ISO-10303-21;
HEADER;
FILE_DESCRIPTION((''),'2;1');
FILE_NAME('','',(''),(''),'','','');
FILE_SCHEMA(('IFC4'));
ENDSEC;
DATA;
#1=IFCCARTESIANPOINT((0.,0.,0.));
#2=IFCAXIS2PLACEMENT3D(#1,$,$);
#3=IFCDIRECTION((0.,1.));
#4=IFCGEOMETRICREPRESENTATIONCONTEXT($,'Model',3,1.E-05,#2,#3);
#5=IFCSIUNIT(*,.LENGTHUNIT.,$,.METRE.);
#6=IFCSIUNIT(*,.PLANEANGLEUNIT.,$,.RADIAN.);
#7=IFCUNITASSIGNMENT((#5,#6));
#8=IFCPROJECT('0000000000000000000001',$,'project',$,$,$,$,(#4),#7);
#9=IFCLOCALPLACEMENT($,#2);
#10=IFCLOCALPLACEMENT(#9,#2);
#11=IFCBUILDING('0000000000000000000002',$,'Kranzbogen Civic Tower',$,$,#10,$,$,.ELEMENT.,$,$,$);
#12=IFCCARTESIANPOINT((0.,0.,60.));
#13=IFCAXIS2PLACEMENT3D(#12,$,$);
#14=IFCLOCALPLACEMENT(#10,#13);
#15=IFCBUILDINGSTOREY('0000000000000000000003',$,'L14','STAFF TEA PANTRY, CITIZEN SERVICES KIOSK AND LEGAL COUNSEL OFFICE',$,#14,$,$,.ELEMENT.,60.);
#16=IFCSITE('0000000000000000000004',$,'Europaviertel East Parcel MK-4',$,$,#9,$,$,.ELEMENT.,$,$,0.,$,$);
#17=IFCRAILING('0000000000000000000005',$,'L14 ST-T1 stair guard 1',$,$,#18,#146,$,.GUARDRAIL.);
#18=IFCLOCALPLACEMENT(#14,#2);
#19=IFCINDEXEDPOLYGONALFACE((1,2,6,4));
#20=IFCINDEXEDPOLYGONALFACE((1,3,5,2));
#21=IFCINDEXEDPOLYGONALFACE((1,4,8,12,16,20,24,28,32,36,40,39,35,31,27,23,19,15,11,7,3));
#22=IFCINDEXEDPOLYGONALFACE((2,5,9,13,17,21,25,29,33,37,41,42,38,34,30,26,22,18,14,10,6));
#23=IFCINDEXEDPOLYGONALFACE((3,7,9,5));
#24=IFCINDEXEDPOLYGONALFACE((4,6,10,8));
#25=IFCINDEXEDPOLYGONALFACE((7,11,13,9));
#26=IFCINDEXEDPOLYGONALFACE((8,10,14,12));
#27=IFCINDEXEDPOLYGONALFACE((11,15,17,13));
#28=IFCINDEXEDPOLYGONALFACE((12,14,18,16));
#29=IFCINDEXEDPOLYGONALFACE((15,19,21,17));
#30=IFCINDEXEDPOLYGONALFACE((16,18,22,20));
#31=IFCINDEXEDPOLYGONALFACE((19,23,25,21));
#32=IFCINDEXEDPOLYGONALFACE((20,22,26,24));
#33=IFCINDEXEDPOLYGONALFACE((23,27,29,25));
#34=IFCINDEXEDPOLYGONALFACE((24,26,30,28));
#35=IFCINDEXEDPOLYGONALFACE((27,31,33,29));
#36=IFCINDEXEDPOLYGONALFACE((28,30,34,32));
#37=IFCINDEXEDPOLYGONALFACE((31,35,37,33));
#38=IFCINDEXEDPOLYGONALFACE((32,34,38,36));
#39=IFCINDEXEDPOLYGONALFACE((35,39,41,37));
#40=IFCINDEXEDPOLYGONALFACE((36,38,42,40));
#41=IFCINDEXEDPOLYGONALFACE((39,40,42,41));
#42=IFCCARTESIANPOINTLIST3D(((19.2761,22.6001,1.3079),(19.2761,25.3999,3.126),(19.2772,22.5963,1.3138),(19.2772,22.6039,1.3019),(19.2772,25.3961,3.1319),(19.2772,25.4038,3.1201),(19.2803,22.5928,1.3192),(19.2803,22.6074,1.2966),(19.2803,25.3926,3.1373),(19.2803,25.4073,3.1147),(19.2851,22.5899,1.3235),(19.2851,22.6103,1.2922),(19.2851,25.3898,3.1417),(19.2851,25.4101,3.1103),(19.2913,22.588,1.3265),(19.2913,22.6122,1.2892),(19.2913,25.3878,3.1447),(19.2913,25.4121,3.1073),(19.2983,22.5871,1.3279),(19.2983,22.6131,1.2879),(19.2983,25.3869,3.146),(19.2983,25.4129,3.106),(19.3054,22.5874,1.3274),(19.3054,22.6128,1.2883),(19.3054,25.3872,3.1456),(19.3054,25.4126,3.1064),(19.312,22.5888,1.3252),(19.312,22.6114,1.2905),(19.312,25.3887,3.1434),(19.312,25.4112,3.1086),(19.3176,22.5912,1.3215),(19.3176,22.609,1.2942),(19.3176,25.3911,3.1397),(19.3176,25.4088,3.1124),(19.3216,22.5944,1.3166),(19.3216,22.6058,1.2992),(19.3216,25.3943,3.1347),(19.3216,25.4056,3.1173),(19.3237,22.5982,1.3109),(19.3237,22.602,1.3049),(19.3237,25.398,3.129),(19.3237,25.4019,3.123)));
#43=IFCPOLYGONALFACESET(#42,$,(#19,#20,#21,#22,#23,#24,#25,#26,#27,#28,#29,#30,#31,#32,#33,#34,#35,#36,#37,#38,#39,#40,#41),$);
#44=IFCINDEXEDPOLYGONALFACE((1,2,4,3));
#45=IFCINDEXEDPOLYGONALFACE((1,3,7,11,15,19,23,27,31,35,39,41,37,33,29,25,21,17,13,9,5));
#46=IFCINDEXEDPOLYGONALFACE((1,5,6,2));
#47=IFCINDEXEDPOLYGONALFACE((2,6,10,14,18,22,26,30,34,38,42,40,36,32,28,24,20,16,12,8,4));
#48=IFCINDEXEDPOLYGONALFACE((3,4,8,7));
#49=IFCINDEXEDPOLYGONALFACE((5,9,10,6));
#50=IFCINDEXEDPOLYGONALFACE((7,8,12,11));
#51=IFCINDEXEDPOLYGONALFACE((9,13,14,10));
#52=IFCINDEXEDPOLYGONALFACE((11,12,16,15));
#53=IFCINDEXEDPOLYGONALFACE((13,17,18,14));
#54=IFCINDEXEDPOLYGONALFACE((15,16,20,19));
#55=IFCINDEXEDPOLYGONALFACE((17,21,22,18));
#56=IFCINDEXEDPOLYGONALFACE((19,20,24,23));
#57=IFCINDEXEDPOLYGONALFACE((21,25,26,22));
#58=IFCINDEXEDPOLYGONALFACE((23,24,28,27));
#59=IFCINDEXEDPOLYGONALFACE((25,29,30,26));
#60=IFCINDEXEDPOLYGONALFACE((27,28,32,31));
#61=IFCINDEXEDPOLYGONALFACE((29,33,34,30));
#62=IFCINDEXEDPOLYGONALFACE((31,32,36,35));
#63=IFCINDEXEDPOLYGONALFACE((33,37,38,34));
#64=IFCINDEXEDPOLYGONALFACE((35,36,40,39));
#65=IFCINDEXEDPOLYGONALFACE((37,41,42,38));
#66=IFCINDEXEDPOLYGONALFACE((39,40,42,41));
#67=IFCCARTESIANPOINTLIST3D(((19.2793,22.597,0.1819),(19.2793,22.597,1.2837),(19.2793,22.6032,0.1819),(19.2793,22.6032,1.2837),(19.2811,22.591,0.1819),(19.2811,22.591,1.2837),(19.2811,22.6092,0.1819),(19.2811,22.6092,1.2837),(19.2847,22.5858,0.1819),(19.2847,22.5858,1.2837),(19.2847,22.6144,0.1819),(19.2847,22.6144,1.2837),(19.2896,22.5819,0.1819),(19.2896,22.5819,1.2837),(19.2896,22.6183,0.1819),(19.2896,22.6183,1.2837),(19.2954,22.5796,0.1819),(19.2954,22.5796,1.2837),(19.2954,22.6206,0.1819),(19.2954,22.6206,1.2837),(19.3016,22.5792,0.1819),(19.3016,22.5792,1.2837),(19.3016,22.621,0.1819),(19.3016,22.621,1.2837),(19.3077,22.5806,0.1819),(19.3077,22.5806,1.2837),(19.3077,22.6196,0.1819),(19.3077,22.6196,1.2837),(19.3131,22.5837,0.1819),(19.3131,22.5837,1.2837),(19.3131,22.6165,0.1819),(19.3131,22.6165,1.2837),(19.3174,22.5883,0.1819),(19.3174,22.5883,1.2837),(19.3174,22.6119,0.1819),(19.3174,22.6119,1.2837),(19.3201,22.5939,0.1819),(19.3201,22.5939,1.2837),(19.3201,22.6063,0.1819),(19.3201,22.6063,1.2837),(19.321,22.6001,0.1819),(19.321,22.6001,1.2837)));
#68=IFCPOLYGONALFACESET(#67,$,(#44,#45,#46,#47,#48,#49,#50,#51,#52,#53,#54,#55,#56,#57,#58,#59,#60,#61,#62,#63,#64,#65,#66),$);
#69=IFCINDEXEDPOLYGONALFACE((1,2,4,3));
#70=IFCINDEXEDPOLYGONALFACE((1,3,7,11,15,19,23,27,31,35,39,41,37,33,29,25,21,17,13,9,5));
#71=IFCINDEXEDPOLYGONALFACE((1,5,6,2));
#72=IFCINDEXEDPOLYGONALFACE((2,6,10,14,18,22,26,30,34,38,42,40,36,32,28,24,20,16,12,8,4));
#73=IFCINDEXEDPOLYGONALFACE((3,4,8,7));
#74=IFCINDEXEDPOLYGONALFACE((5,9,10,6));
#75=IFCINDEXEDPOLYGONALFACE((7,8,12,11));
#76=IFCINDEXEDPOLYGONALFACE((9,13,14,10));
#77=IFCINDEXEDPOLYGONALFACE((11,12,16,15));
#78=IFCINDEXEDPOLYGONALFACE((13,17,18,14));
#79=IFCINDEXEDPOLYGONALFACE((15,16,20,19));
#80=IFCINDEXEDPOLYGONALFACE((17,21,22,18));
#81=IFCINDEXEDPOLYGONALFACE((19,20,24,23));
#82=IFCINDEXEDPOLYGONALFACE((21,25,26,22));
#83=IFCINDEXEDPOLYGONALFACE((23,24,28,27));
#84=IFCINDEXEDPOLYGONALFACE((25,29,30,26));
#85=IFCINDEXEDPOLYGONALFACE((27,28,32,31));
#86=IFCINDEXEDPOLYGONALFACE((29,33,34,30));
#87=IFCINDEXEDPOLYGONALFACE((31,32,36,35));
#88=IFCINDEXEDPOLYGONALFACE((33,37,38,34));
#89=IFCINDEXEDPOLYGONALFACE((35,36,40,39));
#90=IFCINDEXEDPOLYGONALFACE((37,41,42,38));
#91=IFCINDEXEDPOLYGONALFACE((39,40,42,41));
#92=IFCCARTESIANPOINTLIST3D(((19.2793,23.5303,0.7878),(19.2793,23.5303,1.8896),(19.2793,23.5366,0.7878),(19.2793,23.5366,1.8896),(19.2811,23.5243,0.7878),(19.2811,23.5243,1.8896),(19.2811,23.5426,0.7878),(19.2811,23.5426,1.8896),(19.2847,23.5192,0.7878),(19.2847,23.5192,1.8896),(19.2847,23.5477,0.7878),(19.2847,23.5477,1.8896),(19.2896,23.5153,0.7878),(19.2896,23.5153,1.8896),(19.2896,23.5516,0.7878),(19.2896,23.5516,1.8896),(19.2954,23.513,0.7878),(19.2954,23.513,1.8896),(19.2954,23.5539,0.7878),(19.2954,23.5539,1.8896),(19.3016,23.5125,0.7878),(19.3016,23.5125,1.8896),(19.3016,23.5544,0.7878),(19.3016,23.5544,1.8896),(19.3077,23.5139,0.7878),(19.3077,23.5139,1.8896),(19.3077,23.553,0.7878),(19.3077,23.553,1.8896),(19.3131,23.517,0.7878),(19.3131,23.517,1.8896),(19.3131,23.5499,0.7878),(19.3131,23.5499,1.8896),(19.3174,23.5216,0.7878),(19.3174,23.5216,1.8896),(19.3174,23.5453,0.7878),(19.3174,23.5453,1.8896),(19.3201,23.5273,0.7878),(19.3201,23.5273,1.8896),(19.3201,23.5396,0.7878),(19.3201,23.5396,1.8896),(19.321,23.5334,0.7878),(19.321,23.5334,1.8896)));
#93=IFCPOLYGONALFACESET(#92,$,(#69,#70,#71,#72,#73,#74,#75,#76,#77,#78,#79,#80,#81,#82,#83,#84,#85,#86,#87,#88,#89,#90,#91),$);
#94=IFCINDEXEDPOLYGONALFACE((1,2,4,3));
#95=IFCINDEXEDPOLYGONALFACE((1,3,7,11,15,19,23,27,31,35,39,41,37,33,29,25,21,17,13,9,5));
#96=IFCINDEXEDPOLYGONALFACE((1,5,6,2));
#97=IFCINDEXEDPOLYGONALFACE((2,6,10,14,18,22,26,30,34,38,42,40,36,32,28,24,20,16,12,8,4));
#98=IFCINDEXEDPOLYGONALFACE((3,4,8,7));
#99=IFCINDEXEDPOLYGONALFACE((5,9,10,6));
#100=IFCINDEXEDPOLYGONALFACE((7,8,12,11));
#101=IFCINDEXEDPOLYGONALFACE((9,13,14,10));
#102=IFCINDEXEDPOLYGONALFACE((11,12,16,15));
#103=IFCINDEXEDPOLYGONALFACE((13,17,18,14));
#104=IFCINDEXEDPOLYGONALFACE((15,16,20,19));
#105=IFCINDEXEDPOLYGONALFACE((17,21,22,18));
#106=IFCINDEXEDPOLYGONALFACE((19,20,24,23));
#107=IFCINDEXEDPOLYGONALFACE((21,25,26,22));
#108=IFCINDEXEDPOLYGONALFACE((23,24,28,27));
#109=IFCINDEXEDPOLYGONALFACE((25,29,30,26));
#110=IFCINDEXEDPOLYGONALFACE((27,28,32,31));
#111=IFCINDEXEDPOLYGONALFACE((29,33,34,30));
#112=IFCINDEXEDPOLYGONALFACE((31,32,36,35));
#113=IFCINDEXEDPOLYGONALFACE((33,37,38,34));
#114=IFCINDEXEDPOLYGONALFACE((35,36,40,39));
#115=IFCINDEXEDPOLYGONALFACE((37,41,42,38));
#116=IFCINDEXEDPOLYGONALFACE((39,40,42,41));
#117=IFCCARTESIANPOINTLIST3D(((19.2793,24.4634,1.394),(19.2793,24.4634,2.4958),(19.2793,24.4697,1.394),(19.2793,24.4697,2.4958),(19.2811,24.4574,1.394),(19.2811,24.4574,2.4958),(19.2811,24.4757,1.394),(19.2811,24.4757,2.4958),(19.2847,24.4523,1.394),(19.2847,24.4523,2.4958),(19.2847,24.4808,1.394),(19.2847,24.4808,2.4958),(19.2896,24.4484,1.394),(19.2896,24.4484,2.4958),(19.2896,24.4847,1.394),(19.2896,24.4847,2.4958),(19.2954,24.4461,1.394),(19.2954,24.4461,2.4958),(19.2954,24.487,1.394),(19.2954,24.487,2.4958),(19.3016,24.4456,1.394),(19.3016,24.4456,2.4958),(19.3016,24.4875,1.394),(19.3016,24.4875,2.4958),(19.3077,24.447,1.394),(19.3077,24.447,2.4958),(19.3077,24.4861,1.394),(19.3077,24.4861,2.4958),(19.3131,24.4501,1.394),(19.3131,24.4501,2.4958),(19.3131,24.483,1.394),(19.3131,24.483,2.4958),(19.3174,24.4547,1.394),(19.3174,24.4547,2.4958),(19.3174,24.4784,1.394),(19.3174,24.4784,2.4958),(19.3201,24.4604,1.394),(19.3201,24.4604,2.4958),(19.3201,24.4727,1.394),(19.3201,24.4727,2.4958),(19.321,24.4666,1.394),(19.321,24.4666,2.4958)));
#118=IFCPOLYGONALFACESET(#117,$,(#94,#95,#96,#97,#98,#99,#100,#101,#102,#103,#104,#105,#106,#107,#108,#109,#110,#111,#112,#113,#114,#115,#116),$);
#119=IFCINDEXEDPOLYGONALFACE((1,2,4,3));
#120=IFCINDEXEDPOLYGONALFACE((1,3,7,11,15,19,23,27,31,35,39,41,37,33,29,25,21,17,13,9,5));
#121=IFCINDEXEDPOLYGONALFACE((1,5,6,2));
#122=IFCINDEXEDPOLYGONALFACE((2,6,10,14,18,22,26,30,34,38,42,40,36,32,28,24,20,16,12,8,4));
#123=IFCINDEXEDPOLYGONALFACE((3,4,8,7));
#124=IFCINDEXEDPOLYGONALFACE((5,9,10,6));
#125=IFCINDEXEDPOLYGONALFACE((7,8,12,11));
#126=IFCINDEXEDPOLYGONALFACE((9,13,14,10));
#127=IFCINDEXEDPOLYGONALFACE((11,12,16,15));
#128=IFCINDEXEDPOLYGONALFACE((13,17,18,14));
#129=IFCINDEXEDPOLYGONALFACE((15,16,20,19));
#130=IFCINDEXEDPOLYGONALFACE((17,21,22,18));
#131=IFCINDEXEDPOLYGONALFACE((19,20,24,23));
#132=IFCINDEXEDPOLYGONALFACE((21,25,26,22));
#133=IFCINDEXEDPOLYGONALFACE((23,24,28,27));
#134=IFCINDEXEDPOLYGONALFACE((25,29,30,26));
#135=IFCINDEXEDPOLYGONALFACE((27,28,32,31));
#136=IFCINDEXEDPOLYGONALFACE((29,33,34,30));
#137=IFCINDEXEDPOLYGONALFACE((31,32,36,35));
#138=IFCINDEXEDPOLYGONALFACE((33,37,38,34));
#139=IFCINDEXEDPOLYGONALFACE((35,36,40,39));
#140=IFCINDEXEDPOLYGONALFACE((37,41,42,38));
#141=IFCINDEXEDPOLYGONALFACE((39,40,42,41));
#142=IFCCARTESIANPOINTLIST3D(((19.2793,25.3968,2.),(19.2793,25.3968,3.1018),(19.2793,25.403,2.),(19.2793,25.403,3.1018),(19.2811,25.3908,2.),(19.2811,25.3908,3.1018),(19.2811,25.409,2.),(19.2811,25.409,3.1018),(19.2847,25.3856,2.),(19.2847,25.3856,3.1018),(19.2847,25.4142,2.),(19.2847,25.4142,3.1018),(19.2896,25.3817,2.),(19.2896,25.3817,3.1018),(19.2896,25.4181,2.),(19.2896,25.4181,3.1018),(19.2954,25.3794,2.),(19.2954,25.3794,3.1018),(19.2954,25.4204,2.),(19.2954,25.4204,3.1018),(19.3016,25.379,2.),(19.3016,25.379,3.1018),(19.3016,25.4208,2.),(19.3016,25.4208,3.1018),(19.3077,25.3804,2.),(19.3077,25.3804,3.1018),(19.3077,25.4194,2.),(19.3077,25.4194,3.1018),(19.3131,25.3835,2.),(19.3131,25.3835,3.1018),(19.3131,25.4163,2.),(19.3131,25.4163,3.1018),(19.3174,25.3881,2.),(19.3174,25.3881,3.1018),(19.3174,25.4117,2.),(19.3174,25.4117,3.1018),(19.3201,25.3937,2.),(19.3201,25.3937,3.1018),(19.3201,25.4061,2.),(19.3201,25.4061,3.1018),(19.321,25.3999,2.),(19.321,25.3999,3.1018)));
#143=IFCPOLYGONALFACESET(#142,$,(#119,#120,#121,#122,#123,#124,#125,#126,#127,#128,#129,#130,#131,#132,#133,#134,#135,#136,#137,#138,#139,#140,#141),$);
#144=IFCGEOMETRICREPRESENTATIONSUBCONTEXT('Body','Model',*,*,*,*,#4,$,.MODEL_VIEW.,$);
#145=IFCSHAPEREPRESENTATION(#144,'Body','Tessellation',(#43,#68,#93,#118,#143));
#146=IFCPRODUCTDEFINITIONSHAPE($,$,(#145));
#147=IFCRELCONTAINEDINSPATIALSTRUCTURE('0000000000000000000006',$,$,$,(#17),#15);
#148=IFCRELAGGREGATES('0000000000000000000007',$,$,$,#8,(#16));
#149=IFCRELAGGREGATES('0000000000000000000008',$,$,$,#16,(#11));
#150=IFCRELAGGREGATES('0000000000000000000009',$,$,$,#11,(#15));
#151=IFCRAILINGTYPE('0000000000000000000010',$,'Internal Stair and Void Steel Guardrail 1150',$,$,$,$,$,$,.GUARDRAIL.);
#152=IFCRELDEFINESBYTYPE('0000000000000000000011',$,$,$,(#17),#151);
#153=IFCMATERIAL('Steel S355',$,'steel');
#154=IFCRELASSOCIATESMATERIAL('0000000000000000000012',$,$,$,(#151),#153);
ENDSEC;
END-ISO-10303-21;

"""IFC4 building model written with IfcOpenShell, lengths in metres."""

from ifc_helpers import new_model, si_unit, direction, frame, origin, origin_2d, place, context, subcontext, project, spatial, circle, extrude, material, type_object, element, save


model = new_model("IFC4")

# Units and contexts
model_context = context("Model", 3, precision=1e-05, world=origin(), true_north=direction((0.0, 1.0)))
body_context = subcontext(model_context, "Body", "Model", "MODEL_VIEW")
ifc_project = project(units=[si_unit("LENGTHUNIT", "METRE"), si_unit("PLANEANGLEUNIT", "RADIAN")], contexts=[model_context])

# Site, building, storey
site_placement = place(None, origin())
site = spatial("IfcSite", under=ifc_project, at=site_placement, Name="Europaviertel East Parcel MK-4", CompositionType="ELEMENT", RefElevation=0.0)
building_placement = place(site_placement, origin())
building = spatial("IfcBuilding", under=site, at=building_placement, Name="Kranzbogen Civic Tower", CompositionType="ELEMENT")
storey_placement = place(building_placement, frame((0.0, 0.0, 60.0)))
storey = spatial("IfcBuildingStorey", under=building, at=storey_placement, Name="L14", Description="STAFF TEA PANTRY, CITIZEN SERVICES KIOSK AND LEGAL COUNSEL OFFICE", CompositionType="ELEMENT", Elevation=60.0)

# Shared definitions
ifc_material_1 = material(Name="Steel S355", Category="steel")

# Railing
railing_type_1 = type_object("IfcRailingType", Name="Internal Stair and Void Steel Guardrail 1150", PredefinedType="GUARDRAIL", material=ifc_material_1)
railing_1_placement = place(storey_placement, frame((19.3, 22.6001, 0.1819)))
element("IfcRailing", 1, at=railing_1_placement, inside=storey, type_object=railing_type_1, Name="L14 ST-T1 stair guard 1", PredefinedType="GUARDRAIL", context=body_context, shape_type="SweptSolid", body=[
    extrude(circle(Radius=0.0239, at=origin_2d()), frame((0.0, 0.0, 1.126), z_axis=(0.0, 0.838684, 0.544618), x_axis=(-1.0, 0.0, 0.0)), (0.0, 0.0, 1.0), 3.3384),
    extrude(circle(Radius=0.021, at=origin_2d()), origin(), (0.0, 0.0, 1.0), 1.1018),
    extrude(circle(Radius=0.021, at=origin_2d()), frame((0.0, 0.9333, 0.606)), (0.0, 0.0, 1.0), 1.1018),
    extrude(circle(Radius=0.021, at=origin_2d()), frame((0.0, 1.8665, 1.2122)), (0.0, 0.0, 1.0), 1.1018),
    extrude(circle(Radius=0.021, at=origin_2d()), frame((0.0, 2.7998, 1.8181)), (0.0, 0.0, 1.0), 1.1018),
])

save(model, "model.ifc")
